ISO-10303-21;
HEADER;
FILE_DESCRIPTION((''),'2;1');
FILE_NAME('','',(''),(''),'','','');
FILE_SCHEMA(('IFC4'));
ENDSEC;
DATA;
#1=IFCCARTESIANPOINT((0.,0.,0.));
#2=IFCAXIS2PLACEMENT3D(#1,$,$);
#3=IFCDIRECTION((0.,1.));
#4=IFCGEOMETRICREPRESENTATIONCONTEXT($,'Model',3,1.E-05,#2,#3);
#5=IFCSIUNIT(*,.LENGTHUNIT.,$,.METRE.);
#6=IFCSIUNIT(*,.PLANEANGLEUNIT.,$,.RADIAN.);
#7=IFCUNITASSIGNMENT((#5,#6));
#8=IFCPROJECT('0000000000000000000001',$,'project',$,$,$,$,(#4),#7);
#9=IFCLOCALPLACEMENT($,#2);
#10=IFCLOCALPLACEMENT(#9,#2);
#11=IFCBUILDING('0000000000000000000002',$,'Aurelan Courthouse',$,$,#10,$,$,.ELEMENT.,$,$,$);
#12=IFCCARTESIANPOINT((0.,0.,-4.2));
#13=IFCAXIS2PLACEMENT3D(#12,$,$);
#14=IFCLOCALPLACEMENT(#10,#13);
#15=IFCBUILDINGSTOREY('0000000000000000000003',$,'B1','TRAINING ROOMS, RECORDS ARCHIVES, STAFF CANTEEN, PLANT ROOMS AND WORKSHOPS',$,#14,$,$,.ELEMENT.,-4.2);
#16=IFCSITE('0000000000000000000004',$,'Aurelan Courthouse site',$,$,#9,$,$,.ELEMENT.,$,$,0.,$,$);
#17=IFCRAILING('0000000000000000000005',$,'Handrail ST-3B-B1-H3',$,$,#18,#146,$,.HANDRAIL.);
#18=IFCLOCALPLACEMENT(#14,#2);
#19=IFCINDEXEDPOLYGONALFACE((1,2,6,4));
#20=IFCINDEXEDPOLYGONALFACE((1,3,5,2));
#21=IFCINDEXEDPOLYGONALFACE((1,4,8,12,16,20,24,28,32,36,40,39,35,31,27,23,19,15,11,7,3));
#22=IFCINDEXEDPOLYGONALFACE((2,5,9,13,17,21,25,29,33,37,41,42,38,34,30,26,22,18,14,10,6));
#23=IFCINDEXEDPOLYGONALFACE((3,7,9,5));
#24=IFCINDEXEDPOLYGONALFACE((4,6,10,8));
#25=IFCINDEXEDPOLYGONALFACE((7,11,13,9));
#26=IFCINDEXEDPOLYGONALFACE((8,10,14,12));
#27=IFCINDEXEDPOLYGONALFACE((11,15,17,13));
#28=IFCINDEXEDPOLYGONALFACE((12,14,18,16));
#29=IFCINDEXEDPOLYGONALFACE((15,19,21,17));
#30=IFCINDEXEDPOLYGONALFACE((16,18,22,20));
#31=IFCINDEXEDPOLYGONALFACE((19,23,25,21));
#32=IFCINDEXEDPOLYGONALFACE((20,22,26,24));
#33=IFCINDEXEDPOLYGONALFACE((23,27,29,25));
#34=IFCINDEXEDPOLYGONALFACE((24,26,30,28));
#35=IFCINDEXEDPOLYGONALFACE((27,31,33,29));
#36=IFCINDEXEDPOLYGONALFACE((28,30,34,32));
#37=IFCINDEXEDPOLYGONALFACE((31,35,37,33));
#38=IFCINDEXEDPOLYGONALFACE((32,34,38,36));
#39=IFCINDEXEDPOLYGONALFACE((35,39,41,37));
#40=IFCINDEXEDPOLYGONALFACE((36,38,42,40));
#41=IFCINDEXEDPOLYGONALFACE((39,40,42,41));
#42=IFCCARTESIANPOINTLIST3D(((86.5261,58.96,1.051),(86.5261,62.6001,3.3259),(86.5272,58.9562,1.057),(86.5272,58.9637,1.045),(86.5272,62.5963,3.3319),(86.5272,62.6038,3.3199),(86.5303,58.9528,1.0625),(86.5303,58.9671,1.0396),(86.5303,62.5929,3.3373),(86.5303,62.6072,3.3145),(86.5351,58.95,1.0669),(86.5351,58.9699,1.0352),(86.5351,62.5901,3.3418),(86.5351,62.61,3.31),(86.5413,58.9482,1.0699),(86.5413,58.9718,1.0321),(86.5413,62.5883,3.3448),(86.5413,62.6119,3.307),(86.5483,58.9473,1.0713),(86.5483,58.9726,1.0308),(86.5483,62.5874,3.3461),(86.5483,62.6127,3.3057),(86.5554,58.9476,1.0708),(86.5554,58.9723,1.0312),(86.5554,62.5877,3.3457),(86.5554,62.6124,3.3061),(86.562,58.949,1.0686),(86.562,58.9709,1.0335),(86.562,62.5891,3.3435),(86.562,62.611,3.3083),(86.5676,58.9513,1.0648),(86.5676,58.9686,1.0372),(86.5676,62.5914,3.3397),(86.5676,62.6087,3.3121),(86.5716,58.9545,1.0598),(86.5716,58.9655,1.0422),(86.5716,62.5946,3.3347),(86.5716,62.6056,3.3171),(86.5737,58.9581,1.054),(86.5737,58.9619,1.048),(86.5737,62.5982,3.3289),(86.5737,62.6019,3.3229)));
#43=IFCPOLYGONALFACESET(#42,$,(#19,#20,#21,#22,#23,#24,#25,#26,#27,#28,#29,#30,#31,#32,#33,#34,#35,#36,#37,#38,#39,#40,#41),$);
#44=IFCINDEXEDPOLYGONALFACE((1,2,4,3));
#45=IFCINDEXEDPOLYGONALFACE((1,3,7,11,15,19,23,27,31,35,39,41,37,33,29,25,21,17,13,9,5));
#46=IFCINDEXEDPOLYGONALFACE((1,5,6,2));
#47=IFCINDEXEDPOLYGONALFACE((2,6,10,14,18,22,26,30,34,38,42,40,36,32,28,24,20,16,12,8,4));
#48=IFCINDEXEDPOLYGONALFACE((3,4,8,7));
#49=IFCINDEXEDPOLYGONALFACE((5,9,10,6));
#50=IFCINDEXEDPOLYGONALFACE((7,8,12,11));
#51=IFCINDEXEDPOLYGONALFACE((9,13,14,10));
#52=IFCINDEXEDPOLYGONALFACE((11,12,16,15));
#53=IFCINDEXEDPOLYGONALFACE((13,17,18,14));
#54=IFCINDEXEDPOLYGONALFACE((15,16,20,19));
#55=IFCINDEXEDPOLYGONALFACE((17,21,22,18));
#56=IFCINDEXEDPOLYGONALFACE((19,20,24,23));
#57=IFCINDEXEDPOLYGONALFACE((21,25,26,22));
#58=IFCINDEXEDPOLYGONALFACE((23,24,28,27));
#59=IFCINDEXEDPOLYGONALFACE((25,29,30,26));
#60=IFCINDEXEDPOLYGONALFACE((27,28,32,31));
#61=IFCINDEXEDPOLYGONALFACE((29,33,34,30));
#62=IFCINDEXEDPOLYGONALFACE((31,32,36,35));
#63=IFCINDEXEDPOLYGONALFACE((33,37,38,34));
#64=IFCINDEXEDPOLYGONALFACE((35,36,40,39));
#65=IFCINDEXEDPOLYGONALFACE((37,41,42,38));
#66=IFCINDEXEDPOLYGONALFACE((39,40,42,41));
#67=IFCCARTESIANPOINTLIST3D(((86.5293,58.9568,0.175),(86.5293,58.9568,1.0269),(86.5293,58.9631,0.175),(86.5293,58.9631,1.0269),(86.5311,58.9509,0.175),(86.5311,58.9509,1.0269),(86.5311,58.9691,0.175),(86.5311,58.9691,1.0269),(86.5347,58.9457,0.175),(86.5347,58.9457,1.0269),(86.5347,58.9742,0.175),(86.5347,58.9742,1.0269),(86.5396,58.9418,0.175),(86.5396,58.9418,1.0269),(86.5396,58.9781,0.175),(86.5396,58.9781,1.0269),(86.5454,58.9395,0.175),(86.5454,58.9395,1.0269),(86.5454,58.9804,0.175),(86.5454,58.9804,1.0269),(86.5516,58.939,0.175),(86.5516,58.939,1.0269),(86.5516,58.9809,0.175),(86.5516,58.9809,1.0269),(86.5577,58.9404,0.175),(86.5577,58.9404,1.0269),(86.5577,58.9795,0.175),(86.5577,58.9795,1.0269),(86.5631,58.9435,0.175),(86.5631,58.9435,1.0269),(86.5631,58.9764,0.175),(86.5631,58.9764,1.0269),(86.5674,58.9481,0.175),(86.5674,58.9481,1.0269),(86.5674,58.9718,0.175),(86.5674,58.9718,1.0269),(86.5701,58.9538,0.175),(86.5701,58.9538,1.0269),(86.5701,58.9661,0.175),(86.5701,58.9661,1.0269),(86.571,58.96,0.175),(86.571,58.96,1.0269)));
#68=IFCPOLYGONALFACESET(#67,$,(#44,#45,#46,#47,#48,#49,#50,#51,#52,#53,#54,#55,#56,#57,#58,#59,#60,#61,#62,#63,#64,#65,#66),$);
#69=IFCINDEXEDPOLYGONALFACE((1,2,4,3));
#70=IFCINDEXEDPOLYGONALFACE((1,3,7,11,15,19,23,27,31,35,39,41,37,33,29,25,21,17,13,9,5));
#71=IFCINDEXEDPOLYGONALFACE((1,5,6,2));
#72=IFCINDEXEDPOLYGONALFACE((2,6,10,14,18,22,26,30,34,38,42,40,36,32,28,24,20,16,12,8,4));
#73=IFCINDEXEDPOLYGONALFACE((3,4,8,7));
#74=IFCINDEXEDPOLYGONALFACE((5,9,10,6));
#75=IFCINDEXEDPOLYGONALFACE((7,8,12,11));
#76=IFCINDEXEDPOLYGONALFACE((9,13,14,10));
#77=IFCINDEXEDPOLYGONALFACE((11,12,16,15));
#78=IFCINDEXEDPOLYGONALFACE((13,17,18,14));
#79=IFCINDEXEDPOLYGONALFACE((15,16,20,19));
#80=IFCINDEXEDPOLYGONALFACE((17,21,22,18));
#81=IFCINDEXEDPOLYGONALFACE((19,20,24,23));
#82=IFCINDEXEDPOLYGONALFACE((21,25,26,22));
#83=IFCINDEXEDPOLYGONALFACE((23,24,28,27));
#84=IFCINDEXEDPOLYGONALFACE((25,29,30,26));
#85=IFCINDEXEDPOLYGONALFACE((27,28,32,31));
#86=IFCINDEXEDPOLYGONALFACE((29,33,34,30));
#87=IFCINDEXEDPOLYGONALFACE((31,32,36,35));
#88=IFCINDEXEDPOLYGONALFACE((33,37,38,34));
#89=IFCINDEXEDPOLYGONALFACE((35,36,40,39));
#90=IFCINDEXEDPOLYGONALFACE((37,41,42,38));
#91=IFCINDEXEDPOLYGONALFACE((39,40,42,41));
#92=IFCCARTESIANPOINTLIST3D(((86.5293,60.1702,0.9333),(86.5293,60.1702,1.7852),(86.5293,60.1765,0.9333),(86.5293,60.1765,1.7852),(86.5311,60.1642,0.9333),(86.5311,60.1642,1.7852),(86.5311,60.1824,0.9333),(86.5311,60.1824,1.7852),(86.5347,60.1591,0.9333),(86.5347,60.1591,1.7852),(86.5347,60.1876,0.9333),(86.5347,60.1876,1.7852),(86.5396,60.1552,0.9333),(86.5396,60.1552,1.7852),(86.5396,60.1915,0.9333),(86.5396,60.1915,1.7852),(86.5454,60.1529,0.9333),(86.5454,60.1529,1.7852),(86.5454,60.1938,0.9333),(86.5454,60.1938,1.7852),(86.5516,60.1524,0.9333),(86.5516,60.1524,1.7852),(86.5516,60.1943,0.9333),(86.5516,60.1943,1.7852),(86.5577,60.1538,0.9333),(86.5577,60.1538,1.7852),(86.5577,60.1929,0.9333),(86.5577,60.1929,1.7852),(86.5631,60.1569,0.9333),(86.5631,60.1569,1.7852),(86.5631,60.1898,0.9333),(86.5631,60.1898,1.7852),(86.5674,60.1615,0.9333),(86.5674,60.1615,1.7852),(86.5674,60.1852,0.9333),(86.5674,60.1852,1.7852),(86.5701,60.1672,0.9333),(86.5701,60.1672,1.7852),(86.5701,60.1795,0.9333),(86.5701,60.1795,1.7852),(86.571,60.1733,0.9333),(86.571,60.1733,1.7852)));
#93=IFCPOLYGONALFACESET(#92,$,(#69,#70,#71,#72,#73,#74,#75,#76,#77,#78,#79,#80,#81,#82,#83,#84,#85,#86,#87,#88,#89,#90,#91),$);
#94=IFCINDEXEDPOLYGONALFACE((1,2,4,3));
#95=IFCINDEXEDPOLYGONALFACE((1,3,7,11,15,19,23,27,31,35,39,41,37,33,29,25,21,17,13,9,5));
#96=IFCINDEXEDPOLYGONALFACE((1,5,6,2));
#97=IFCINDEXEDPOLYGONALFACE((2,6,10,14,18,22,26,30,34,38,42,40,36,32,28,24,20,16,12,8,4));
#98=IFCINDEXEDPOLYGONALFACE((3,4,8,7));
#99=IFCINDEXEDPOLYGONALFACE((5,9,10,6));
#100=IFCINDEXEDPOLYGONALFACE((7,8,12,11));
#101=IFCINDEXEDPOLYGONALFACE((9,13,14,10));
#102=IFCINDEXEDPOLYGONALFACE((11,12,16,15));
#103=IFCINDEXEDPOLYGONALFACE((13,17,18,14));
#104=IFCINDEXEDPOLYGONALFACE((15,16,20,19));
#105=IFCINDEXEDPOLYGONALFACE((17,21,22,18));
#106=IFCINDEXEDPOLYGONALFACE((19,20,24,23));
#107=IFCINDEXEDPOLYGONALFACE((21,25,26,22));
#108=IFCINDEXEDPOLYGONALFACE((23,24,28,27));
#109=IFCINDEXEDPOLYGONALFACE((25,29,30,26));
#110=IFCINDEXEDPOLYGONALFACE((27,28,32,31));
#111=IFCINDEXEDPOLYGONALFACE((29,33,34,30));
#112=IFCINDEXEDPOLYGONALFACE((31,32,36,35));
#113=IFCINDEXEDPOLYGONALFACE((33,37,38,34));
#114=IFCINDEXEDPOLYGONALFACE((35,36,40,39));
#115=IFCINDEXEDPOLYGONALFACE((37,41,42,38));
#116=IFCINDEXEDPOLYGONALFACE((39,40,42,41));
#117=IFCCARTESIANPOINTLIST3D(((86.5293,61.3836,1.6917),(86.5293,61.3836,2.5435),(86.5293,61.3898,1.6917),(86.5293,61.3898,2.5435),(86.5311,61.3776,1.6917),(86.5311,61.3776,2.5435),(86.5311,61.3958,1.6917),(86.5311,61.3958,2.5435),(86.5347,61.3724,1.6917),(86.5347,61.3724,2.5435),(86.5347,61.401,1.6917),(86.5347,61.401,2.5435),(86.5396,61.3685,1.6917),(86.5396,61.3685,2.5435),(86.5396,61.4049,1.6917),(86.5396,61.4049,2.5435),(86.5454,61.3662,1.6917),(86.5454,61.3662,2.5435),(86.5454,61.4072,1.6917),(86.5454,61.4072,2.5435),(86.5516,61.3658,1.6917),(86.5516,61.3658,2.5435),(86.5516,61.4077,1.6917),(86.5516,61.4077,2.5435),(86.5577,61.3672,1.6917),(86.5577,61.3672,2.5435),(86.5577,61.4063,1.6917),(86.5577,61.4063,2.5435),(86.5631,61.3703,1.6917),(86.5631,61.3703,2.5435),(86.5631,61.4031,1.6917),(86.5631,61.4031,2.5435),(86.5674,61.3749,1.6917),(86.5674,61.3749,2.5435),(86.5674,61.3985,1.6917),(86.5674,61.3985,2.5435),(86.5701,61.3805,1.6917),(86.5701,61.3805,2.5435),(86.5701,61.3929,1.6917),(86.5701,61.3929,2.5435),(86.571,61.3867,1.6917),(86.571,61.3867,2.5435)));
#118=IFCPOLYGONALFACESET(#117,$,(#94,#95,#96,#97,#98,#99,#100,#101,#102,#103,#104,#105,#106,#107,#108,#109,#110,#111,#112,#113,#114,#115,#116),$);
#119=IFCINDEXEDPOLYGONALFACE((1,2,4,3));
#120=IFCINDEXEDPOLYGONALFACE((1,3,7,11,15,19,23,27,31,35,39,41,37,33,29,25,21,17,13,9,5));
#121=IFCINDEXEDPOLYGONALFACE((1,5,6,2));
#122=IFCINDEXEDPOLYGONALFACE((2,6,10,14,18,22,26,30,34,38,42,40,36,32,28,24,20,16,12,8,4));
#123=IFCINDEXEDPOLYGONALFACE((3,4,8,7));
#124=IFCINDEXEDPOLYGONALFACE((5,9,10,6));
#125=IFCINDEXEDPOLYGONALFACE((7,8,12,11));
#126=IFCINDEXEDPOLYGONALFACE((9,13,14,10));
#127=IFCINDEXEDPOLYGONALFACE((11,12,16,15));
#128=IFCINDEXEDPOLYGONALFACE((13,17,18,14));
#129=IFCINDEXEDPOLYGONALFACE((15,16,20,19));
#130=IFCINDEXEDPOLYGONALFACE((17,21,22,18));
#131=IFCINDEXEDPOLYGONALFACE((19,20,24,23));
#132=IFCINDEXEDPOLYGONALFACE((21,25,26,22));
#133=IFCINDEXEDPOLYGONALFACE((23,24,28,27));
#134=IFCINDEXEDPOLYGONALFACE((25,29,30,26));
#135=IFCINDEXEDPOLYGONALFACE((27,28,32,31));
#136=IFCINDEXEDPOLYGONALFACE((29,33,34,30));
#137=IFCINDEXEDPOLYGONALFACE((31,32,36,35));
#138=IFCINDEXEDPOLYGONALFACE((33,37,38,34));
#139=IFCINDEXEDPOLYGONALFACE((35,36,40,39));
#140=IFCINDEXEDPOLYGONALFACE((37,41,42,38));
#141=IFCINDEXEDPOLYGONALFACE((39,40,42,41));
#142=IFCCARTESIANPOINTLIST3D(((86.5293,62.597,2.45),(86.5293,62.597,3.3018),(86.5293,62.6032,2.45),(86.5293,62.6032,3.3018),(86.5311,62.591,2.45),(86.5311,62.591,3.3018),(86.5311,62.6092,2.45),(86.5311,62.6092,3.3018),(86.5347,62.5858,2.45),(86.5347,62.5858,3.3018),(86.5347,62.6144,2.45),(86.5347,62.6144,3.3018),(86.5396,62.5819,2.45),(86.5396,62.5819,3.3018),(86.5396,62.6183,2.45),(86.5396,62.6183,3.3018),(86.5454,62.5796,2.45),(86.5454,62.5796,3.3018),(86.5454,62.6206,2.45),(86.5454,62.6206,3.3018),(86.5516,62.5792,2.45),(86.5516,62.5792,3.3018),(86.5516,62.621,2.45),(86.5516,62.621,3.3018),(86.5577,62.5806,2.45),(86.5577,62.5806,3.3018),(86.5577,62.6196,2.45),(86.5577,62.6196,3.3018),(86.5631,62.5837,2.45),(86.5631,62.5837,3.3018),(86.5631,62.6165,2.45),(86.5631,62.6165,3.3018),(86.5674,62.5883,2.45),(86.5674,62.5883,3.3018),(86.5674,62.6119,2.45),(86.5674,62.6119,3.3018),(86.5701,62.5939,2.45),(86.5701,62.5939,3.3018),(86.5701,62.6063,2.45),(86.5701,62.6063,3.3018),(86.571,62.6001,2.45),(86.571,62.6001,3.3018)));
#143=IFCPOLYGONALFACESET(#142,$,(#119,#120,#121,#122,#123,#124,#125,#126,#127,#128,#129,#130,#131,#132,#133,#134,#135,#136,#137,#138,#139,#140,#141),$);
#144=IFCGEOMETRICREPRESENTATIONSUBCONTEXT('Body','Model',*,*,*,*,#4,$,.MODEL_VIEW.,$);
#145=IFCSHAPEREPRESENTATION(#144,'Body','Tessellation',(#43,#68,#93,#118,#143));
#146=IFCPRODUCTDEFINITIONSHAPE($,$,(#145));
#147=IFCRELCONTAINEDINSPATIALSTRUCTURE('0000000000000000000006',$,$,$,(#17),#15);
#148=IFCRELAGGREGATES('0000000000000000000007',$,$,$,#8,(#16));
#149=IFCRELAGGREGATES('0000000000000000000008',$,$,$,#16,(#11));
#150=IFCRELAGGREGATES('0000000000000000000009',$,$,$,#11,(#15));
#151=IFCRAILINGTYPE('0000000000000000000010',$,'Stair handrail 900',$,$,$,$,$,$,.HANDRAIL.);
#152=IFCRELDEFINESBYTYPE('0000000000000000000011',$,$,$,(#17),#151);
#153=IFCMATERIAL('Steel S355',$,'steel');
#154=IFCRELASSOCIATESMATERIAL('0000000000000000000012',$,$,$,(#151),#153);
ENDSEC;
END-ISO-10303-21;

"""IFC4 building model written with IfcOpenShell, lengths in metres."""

from ifc_helpers import new_model, si_unit, direction, frame, origin, origin_2d, place, context, subcontext, project, spatial, circle, extrude, material, type_object, element, save


model = new_model("IFC4")

# Units and contexts
model_context = context("Model", 3, precision=1e-05, world=origin(), true_north=direction((0.0, 1.0)))
body_context = subcontext(model_context, "Body", "Model", "MODEL_VIEW")
ifc_project = project(units=[si_unit("LENGTHUNIT", "METRE"), si_unit("PLANEANGLEUNIT", "RADIAN")], contexts=[model_context])

# Site, building, storey
site_placement = place(None, origin())
site = spatial("IfcSite", under=ifc_project, at=site_placement, Name="Aurelan Courthouse site", CompositionType="ELEMENT", RefElevation=0.0)
building_placement = place(site_placement, origin())
building = spatial("IfcBuilding", under=site, at=building_placement, Name="Aurelan Courthouse", CompositionType="ELEMENT")
storey_placement = place(building_placement, frame((0.0, 0.0, -4.2)))
storey = spatial("IfcBuildingStorey", under=building, at=storey_placement, Name="B1", Description="TRAINING ROOMS, RECORDS ARCHIVES, STAFF CANTEEN, PLANT ROOMS AND WORKSHOPS", CompositionType="ELEMENT", Elevation=-4.2)

# Railing
ifc_material_1 = material(Name="Steel S355", Category="steel")
railing_type_1 = type_object("IfcRailingType", Name="Stair handrail 900", PredefinedType="HANDRAIL", material=ifc_material_1)
for number, where, name in (
    (1, (86.55, 58.96, 0.175), "Handrail ST-3B-B1-H3"),
):
    element("IfcRailing", number, at=place(storey_placement, frame(where)), inside=storey, type_object=railing_type_1, Name=name, PredefinedType="HANDRAIL", context=body_context, shape_type="SweptSolid", body=[
        extrude(circle(Radius=0.0239, at=origin_2d()), frame((0.0, 0.0, 0.876), z_axis=(0.0, 0.848017, 0.529968), x_axis=(-1.0, 0.0, 0.0)), (0.0, 0.0, 1.0), 4.2925),
        extrude(circle(Radius=0.021, at=origin_2d()), origin(), (0.0, 0.0, 1.0), 0.8518),
        extrude(circle(Radius=0.021, at=origin_2d()), frame((0.0, 1.2134, 0.7583)), (0.0, 0.0, 1.0), 0.8518),
        extrude(circle(Radius=0.021, at=origin_2d()), frame((0.0, 2.4268, 1.5166)), (0.0, 0.0, 1.0), 0.8518),
        extrude(circle(Radius=0.021, at=origin_2d()), frame((0.0, 3.6401, 2.2749)), (0.0, 0.0, 1.0), 0.8518),
    ])

save(model, "model.ifc")
